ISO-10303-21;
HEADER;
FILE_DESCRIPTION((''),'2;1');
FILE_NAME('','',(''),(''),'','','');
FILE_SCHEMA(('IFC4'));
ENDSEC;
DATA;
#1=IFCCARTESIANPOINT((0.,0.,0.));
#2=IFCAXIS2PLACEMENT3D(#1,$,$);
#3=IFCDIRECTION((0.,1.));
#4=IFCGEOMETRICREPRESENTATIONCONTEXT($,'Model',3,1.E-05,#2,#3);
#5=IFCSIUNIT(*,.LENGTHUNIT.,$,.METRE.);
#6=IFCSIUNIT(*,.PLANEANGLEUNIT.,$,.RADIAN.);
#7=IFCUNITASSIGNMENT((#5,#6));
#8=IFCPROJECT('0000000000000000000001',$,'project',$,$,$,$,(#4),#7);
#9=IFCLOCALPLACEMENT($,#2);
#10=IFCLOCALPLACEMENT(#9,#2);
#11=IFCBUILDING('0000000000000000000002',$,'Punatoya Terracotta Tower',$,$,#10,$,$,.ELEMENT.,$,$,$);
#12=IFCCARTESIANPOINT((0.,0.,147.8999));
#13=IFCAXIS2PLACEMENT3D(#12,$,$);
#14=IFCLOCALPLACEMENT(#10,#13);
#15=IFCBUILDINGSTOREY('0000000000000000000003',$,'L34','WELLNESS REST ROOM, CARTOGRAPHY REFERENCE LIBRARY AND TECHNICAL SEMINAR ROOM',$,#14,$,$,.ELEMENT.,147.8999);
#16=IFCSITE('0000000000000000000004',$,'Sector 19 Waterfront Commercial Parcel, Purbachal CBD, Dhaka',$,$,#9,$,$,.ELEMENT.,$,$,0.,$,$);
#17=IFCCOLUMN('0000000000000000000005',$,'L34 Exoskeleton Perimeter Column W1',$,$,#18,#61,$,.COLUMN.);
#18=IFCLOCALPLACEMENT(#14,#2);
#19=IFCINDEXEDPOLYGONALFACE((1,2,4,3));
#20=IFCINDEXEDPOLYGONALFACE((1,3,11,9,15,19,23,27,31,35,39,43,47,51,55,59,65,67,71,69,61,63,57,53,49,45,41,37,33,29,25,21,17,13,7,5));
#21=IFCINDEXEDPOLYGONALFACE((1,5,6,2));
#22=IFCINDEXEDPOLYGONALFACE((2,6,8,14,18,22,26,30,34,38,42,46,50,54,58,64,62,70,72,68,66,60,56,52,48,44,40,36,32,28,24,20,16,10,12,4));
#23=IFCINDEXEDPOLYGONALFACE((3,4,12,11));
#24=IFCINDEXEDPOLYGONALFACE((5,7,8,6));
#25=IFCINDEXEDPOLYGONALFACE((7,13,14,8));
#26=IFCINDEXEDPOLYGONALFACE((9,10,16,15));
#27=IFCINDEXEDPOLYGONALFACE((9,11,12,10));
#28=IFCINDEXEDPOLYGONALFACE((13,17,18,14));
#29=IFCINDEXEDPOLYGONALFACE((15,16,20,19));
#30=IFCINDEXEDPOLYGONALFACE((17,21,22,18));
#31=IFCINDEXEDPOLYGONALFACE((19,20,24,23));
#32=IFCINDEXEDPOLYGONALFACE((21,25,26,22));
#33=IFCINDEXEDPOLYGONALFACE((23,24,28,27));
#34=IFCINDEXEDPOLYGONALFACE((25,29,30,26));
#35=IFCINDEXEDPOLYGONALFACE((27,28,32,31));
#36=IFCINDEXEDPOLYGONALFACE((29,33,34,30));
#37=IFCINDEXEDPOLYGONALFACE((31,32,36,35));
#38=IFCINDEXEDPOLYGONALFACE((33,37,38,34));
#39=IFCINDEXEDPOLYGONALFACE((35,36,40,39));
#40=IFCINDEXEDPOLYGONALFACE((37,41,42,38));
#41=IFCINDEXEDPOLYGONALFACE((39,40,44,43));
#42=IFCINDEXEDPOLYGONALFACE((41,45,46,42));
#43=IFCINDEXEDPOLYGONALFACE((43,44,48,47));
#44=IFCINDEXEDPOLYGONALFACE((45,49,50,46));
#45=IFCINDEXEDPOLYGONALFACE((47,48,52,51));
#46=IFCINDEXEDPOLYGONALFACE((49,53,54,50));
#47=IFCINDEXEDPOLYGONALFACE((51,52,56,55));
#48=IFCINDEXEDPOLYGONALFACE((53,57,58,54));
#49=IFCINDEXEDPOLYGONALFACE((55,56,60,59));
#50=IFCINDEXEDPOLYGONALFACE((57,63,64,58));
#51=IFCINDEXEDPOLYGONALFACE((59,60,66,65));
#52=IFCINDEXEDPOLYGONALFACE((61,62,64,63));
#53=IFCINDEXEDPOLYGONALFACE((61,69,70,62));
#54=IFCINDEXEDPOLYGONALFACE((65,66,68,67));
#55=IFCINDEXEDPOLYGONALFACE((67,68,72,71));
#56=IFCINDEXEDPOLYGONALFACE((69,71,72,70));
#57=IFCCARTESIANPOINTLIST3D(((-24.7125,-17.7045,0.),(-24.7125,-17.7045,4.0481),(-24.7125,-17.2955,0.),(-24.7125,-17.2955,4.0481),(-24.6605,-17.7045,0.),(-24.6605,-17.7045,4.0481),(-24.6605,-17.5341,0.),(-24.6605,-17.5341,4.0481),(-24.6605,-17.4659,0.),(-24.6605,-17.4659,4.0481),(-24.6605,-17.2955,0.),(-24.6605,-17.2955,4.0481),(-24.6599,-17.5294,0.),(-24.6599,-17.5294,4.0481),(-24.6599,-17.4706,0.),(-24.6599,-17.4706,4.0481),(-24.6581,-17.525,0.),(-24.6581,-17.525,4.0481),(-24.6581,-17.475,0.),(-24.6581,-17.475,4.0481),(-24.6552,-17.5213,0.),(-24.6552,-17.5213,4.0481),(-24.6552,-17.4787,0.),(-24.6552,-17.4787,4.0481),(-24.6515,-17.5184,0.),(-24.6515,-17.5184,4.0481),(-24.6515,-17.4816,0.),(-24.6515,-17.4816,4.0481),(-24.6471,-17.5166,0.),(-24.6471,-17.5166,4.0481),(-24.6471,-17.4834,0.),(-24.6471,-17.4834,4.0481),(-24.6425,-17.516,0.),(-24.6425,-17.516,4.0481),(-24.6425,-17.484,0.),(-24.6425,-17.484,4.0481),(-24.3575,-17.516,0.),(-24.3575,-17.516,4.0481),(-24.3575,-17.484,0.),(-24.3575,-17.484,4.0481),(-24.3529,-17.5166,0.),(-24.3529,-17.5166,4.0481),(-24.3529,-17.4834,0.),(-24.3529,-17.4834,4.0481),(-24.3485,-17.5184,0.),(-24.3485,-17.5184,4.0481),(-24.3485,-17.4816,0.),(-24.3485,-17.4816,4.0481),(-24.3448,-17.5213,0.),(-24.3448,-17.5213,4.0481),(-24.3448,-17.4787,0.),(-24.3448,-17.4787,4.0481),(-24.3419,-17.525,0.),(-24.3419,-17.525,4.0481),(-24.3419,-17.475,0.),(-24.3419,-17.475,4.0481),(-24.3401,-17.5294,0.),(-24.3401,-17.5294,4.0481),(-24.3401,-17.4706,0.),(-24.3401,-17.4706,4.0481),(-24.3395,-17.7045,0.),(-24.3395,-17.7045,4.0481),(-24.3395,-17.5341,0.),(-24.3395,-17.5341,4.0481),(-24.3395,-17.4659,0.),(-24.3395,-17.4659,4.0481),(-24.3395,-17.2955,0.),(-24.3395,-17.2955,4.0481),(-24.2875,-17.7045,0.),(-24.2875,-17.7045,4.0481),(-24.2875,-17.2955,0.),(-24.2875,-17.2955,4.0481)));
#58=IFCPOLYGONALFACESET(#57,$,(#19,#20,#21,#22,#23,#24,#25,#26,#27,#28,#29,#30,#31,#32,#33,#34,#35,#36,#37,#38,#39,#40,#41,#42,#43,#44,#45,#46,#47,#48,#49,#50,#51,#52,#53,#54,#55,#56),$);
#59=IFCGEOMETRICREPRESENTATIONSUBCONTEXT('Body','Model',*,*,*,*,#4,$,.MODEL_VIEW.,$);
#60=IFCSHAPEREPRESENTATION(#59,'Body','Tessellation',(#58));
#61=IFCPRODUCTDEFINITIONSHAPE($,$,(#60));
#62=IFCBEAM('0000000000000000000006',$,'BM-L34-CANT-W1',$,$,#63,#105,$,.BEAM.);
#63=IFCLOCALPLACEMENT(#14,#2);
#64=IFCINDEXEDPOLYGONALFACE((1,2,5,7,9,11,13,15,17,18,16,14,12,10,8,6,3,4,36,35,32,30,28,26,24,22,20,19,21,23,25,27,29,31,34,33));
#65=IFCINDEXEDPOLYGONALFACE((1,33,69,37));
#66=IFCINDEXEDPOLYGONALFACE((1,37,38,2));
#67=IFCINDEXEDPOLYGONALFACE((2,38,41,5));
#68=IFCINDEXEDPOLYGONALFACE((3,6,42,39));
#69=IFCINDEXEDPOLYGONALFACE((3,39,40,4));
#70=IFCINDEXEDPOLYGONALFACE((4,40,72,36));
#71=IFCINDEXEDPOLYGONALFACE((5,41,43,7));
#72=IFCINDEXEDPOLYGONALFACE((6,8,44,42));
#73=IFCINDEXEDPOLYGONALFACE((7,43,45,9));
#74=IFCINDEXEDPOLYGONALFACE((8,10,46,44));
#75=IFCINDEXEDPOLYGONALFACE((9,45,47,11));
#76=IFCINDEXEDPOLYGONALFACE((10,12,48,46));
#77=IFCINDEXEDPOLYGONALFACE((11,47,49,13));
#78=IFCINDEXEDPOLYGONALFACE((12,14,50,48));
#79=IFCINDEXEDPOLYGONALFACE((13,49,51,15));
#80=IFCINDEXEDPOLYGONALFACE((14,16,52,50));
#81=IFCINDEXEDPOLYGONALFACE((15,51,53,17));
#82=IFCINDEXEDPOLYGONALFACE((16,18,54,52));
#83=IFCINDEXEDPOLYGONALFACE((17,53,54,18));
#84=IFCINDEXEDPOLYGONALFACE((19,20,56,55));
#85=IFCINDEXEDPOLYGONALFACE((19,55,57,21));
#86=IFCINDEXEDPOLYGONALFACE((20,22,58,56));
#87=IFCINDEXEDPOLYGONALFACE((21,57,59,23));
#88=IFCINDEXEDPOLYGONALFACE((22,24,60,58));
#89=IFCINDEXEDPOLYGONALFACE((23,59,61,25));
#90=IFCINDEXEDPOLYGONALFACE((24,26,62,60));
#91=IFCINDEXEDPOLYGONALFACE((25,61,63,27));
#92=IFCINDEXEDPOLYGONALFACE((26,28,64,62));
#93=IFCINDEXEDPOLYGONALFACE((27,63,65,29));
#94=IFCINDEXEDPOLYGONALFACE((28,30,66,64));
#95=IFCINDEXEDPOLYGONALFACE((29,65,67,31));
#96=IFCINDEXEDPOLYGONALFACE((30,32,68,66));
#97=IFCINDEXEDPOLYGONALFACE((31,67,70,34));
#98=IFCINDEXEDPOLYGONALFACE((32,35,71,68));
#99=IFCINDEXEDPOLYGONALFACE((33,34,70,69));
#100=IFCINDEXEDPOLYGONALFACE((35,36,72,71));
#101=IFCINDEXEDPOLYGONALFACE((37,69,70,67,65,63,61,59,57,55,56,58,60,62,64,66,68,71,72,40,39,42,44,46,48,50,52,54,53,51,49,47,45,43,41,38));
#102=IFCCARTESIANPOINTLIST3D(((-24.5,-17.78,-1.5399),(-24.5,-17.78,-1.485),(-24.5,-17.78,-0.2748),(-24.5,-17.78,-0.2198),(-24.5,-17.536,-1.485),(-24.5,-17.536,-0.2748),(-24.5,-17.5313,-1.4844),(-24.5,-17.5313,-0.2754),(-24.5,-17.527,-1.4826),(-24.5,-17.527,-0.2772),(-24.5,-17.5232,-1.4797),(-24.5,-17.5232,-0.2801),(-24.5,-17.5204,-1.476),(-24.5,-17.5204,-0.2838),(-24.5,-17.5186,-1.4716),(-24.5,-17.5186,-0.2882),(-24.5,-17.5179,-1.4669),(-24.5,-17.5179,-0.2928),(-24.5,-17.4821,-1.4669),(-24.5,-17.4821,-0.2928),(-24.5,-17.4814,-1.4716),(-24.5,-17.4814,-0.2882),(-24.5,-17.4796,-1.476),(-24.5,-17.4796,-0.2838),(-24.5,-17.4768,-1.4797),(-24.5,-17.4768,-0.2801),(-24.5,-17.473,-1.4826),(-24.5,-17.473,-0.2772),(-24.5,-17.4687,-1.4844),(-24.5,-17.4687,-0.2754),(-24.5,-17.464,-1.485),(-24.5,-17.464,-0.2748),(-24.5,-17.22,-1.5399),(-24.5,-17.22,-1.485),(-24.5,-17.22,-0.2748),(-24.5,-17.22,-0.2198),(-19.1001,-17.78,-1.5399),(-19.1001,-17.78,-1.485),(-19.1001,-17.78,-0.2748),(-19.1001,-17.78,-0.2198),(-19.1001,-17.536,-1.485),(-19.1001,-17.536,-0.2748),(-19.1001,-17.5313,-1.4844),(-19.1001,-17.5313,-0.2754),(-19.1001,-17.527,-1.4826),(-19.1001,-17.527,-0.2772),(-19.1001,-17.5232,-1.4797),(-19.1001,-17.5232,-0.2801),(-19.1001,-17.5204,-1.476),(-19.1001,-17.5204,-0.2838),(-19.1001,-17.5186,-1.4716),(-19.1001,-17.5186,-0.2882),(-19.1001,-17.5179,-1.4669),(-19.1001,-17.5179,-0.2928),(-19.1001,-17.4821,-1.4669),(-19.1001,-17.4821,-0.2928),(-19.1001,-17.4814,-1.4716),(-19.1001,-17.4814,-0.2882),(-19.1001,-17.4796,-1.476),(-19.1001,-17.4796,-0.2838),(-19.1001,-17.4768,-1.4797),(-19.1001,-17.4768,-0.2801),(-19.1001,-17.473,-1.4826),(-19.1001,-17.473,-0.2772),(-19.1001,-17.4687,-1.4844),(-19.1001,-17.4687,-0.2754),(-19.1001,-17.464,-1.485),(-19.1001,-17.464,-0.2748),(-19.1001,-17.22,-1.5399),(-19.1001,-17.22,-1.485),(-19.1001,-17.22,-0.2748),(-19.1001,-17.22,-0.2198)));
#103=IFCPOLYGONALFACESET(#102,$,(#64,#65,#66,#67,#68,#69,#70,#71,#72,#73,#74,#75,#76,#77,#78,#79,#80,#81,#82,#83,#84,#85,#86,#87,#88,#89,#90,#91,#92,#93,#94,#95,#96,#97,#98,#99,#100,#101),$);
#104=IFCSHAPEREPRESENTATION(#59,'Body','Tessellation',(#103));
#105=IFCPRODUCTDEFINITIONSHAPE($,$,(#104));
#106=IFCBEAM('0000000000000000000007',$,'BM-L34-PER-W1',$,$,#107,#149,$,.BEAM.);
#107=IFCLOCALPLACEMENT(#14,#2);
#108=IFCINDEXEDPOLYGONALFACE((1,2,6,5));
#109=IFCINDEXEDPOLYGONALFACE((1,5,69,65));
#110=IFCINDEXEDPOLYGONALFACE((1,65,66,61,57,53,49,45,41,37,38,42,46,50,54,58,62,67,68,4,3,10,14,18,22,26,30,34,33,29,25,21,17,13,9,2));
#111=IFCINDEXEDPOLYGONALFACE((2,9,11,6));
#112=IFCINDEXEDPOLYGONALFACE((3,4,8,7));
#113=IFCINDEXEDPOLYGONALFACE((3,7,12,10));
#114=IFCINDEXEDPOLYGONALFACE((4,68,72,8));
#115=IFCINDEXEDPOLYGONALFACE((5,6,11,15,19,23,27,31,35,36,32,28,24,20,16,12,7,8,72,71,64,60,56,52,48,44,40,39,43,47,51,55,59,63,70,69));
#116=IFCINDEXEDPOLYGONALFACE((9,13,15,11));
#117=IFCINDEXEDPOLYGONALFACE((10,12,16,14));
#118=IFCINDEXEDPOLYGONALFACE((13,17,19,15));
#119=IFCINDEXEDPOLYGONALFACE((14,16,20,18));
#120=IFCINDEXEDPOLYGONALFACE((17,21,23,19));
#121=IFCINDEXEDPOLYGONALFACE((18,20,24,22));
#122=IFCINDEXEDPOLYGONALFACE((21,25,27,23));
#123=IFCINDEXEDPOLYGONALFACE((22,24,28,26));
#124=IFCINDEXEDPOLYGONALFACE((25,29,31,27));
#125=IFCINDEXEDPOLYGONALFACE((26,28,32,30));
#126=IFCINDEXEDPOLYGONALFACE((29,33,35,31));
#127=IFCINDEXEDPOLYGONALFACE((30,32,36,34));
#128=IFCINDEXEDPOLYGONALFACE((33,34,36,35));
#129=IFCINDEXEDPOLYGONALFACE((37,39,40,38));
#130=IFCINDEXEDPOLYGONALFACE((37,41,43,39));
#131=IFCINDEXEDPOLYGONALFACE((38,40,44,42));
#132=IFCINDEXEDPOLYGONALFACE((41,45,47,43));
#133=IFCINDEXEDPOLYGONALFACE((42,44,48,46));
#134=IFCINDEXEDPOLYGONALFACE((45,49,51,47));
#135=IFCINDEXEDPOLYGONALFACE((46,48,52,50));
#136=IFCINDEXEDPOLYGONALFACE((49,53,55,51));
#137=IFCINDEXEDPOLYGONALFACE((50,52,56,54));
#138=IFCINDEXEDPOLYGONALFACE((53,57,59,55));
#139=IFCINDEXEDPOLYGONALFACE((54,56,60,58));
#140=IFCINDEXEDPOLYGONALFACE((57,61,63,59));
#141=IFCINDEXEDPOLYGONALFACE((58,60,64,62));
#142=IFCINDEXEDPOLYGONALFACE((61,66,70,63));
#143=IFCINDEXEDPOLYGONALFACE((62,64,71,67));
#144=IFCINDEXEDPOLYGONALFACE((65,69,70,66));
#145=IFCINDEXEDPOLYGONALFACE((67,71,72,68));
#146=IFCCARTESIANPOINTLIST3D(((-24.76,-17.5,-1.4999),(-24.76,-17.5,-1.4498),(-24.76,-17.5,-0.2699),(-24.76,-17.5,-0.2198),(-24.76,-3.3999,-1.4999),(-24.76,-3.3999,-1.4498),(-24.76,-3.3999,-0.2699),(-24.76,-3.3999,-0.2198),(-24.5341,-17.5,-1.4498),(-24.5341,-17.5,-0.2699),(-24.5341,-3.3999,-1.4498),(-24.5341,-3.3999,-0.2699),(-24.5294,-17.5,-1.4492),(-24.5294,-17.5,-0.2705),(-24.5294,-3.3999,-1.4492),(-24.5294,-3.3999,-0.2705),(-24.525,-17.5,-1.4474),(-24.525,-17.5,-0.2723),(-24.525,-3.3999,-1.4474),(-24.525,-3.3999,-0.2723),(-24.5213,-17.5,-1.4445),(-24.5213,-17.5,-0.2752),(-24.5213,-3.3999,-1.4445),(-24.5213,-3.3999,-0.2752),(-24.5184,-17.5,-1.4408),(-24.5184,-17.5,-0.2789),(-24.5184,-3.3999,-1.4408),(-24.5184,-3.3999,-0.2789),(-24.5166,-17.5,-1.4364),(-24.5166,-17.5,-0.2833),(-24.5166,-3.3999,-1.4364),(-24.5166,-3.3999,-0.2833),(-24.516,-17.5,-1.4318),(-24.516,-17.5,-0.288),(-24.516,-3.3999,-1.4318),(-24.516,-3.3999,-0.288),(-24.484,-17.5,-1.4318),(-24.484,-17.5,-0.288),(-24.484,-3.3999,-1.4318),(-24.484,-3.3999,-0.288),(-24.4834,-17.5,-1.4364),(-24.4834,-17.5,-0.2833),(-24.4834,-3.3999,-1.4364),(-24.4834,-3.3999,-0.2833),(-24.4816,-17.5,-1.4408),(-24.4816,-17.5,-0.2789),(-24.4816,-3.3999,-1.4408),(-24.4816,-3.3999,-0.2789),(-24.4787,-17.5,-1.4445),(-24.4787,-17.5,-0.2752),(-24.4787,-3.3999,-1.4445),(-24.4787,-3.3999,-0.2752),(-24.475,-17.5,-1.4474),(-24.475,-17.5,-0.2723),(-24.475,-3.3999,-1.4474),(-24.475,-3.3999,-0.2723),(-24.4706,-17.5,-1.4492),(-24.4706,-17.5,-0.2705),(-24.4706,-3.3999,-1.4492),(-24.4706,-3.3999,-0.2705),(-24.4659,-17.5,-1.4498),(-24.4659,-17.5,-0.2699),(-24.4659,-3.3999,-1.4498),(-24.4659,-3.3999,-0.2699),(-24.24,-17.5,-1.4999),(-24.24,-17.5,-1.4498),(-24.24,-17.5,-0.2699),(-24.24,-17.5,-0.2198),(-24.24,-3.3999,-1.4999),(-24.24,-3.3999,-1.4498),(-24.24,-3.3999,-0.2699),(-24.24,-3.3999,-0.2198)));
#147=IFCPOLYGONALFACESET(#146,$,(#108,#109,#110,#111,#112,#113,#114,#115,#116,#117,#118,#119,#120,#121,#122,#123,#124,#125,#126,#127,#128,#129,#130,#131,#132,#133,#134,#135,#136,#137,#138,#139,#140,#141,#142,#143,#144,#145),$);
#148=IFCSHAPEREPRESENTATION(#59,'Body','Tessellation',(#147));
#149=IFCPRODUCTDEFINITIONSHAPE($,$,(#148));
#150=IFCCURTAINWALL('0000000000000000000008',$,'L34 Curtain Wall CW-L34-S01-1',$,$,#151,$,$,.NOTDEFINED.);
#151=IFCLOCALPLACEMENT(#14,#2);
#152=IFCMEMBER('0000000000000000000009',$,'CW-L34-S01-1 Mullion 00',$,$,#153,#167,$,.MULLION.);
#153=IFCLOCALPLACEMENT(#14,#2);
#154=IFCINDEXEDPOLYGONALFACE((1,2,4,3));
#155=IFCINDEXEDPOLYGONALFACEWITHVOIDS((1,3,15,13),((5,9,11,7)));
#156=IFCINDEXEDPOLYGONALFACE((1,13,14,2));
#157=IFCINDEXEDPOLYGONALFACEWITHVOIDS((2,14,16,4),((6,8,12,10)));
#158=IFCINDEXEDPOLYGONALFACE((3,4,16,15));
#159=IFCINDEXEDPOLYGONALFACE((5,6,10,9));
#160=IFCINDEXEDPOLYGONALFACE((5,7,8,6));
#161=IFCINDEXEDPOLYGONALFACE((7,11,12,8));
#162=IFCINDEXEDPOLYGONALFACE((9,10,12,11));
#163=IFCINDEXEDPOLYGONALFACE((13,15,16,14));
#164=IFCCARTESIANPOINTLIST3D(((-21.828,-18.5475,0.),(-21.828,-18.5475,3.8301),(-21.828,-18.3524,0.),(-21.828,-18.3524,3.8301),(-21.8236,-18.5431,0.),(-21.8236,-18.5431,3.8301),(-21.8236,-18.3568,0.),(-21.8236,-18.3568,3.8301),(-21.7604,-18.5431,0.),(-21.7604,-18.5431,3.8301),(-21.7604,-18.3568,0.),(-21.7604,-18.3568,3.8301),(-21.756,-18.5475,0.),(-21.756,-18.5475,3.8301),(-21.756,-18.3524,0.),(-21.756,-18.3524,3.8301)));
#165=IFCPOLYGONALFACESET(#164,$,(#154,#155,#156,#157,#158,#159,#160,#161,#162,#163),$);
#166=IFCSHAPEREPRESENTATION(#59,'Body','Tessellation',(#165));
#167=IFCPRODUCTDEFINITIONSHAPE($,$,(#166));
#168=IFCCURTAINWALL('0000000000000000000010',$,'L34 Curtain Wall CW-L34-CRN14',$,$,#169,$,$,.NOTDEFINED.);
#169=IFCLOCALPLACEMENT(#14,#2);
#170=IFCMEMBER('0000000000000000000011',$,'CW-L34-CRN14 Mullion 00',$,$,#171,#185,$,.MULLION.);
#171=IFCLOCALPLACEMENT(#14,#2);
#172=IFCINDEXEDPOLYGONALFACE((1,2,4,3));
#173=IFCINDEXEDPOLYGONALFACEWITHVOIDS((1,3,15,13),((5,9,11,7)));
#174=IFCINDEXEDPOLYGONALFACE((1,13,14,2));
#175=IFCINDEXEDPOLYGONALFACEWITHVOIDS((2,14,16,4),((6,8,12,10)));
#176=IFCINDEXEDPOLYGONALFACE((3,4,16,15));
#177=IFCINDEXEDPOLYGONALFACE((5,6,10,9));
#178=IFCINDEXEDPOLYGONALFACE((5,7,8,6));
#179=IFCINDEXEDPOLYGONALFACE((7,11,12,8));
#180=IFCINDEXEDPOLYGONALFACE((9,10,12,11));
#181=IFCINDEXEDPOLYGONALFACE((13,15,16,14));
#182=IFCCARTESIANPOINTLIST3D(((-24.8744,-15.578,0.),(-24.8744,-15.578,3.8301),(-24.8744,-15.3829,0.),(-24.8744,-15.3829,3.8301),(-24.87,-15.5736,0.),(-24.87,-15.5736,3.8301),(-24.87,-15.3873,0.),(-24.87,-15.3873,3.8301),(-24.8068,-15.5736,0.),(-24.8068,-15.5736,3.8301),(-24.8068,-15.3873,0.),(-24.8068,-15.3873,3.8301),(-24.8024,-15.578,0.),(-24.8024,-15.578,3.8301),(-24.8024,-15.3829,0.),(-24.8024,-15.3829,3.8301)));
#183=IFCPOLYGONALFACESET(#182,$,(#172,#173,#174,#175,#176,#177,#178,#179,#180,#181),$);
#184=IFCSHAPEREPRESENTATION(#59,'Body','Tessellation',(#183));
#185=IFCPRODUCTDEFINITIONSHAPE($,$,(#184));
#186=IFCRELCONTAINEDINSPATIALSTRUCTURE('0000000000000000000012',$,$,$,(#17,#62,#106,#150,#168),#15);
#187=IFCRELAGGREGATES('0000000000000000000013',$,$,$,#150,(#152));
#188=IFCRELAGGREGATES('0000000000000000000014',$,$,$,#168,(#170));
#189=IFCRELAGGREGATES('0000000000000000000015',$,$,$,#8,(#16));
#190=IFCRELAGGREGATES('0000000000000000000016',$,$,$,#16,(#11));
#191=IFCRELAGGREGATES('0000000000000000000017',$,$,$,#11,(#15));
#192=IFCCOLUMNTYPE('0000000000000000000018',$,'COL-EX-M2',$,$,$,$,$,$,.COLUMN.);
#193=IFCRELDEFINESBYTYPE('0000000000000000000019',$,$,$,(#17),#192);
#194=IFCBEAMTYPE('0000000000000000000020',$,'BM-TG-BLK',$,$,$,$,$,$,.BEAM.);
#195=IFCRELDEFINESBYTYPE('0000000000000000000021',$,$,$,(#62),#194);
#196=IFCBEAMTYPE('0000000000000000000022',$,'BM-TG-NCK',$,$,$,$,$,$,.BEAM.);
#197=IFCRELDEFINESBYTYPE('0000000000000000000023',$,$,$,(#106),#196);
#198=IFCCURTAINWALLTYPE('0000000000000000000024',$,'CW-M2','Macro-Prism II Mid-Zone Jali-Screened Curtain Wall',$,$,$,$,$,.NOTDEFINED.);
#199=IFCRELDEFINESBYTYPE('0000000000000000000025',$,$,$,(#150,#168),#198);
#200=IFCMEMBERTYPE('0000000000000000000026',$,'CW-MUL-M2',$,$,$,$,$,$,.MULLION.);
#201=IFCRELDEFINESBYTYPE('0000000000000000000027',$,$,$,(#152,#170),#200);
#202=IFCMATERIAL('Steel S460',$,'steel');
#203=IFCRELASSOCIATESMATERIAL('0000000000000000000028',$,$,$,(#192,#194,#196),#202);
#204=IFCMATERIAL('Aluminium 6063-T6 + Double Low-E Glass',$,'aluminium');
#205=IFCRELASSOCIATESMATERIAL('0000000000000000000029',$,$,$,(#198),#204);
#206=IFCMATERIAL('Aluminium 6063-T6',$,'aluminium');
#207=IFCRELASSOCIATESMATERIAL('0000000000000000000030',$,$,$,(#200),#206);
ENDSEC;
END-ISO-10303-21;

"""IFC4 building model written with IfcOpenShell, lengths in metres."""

from ifc_helpers import new_model, si_unit, direction, frame, origin, origin_2d, place, context, subcontext, project, spatial, hollow_rectangle, i_section, extrude, material, material_profile, profile_set, type_object, element, aggregate, save


model = new_model("IFC4")

# Units and contexts
model_context = context("Model", 3, precision=1e-05, world=origin(), true_north=direction((0.0, 1.0)))
body_context = subcontext(model_context, "Body", "Model", "MODEL_VIEW")
ifc_project = project(units=[si_unit("LENGTHUNIT", "METRE"), si_unit("PLANEANGLEUNIT", "RADIAN")], contexts=[model_context])

# Site, building, storey
site_placement = place(None, origin())
site = spatial("IfcSite", under=ifc_project, at=site_placement, Name="Sector 19 Waterfront Commercial Parcel, Purbachal CBD, Dhaka", CompositionType="ELEMENT", RefElevation=0.0)
building_placement = place(site_placement, origin())
building = spatial("IfcBuilding", under=site, at=building_placement, Name="Punatoya Terracotta Tower", CompositionType="ELEMENT")
storey_placement = place(building_placement, frame((0.0, 0.0, 147.8999)))
storey = spatial("IfcBuildingStorey", under=building, at=storey_placement, Name="L34", Description="WELLNESS REST ROOM, CARTOGRAPHY REFERENCE LIBRARY AND TECHNICAL SEMINAR ROOM", CompositionType="ELEMENT", Elevation=147.8999)

# Column
ifc_material_1 = material(Name="Steel S460", Category="steel")
ifc_material_profile_1 = material_profile(ifc_material_1, i_section(OverallWidth=0.4089, OverallDepth=0.425, WebThickness=0.032, FlangeThickness=0.052, FilletRadius=0.0181, at=origin_2d()))
ifc_profile_set_1 = profile_set([ifc_material_profile_1], Name="Steel S460")
column_type = type_object("IfcColumnType", Name="COL-EX-M2", PredefinedType="COLUMN", material=ifc_profile_set_1)
column_placement = place(storey_placement, frame((-24.5, -17.5, 0.0), z_axis=(0.0, 0.0, 1.0), x_axis=(0.0, 1.0, 0.0)))
element("IfcColumn", 1, at=column_placement, inside=storey, type_object=column_type, Name="L34 Exoskeleton Perimeter Column W1", PredefinedType="COLUMN", context=body_context, shape_type="SweptSolid", body=[
    extrude(i_section(OverallWidth=0.4089, OverallDepth=0.425, WebThickness=0.032, FlangeThickness=0.052, FilletRadius=0.0181, at=origin_2d()), origin(), (0.0, 0.0, 1.0), 4.0481),
])

# Beams
ifc_material_profile_2 = material_profile(ifc_material_1, i_section(OverallWidth=0.5601, OverallDepth=1.3201, WebThickness=0.0359, FlangeThickness=0.0549, FilletRadius=0.0181, at=origin_2d()))
ifc_profile_set_2 = profile_set([ifc_material_profile_2], Name="Steel S460")
beam_type_1 = type_object("IfcBeamType", Name="BM-TG-BLK", PredefinedType="BEAM", material=ifc_profile_set_2)
beam_1_placement = place(storey_placement, frame((-24.5, -17.5, -0.8799), z_axis=(1.0, 0.0, 0.0), x_axis=(0.0, 1.0, 0.0)))
element("IfcBeam", 2, at=beam_1_placement, inside=storey, type_object=beam_type_1, Name="BM-L34-CANT-W1", PredefinedType="BEAM", context=body_context, shape_type="SweptSolid", body=[
    extrude(i_section(OverallWidth=0.5601, OverallDepth=1.3201, WebThickness=0.0359, FlangeThickness=0.0549, FilletRadius=0.0181, at=origin_2d()), origin(), (0.0, 0.0, 1.0), 5.3999),
])
ifc_material_profile_3 = material_profile(ifc_material_1, i_section(OverallWidth=0.52, OverallDepth=1.28, WebThickness=0.032, FlangeThickness=0.05, FilletRadius=0.0181, at=origin_2d()))
ifc_profile_set_3 = profile_set([ifc_material_profile_3], Name="Steel S460")
beam_type_2 = type_object("IfcBeamType", Name="BM-TG-NCK", PredefinedType="BEAM", material=ifc_profile_set_3)
beam_2_placement = place(storey_placement, frame((-24.5, -17.5, -0.8599), z_axis=(0.0, 1.0, 0.0), x_axis=(-1.0, 0.0, 0.0)))
element("IfcBeam", 3, at=beam_2_placement, inside=storey, type_object=beam_type_2, Name="BM-L34-PER-W1", PredefinedType="BEAM", context=body_context, shape_type="SweptSolid", body=[
    extrude(i_section(OverallWidth=0.52, OverallDepth=1.28, WebThickness=0.032, FlangeThickness=0.05, FilletRadius=0.0181, at=origin_2d()), origin(), (0.0, 0.0, 1.0), 14.1001),
])

# Curtain wall, member
ifc_material_2 = material(Name="Aluminium 6063-T6 + Double Low-E Glass", Category="aluminium")
curtain_wall_type = type_object("IfcCurtainWallType", Name="CW-M2", Description="Macro-Prism II Mid-Zone Jali-Screened Curtain Wall", PredefinedType="NOTDEFINED", material=ifc_material_2)
curtain_wall_1_placement = place(storey_placement, origin())
curtain_wall_1 = element("IfcCurtainWall", 4, at=curtain_wall_1_placement, inside=storey, type_object=curtain_wall_type, Name="L34 Curtain Wall CW-L34-S01-1", PredefinedType="NOTDEFINED")
ifc_material_3 = material(Name="Aluminium 6063-T6", Category="aluminium")
ifc_material_profile_4 = material_profile(ifc_material_3, hollow_rectangle(XDim=0.072, YDim=0.1951, WallThickness=0.0044, at=origin_2d()))
ifc_profile_set_4 = profile_set([ifc_material_profile_4], Name="Aluminium 6063-T6")
member_type_1 = type_object("IfcMemberType", Name="CW-MUL-M2", PredefinedType="MULLION", material=ifc_profile_set_4)
member_1_placement = place(storey_placement, frame((-21.792, -18.45, 0.0), z_axis=(0.0, 0.0, 1.0), x_axis=(1.0, 0.0, 0.0)))
member_1 = element("IfcMember", 5, at=member_1_placement, type_object=member_type_1, Name="CW-L34-S01-1 Mullion 00", PredefinedType="MULLION", context=body_context, shape_type="SweptSolid", body=[
    extrude(hollow_rectangle(XDim=0.072, YDim=0.1951, WallThickness=0.0044, at=origin_2d()), origin(), (0.0, 0.0, 1.0), 3.8301),
])

# Curtain wall, member
curtain_wall_2_placement = place(storey_placement, origin())
curtain_wall_2 = element("IfcCurtainWall", 6, at=curtain_wall_2_placement, inside=storey, type_object=curtain_wall_type, Name="L34 Curtain Wall CW-L34-CRN14", PredefinedType="NOTDEFINED")
member_2_placement = place(storey_placement, frame((-24.8384, -15.4805, 0.0), z_axis=(0.0, 0.0, 1.0), x_axis=(1.0, 0.0, 0.0)))
member_2 = element("IfcMember", 7, at=member_2_placement, type_object=member_type_1, Name="CW-L34-CRN14 Mullion 00", PredefinedType="MULLION", context=body_context, shape_type="SweptSolid", body=[
    extrude(hollow_rectangle(XDim=0.072, YDim=0.1951, WallThickness=0.0044, at=origin_2d()), origin(), (0.0, 0.0, 1.0), 3.8301),
])

aggregate(curtain_wall_1, [member_1])

aggregate(curtain_wall_2, [member_2])

save(model, "model.ifc")
